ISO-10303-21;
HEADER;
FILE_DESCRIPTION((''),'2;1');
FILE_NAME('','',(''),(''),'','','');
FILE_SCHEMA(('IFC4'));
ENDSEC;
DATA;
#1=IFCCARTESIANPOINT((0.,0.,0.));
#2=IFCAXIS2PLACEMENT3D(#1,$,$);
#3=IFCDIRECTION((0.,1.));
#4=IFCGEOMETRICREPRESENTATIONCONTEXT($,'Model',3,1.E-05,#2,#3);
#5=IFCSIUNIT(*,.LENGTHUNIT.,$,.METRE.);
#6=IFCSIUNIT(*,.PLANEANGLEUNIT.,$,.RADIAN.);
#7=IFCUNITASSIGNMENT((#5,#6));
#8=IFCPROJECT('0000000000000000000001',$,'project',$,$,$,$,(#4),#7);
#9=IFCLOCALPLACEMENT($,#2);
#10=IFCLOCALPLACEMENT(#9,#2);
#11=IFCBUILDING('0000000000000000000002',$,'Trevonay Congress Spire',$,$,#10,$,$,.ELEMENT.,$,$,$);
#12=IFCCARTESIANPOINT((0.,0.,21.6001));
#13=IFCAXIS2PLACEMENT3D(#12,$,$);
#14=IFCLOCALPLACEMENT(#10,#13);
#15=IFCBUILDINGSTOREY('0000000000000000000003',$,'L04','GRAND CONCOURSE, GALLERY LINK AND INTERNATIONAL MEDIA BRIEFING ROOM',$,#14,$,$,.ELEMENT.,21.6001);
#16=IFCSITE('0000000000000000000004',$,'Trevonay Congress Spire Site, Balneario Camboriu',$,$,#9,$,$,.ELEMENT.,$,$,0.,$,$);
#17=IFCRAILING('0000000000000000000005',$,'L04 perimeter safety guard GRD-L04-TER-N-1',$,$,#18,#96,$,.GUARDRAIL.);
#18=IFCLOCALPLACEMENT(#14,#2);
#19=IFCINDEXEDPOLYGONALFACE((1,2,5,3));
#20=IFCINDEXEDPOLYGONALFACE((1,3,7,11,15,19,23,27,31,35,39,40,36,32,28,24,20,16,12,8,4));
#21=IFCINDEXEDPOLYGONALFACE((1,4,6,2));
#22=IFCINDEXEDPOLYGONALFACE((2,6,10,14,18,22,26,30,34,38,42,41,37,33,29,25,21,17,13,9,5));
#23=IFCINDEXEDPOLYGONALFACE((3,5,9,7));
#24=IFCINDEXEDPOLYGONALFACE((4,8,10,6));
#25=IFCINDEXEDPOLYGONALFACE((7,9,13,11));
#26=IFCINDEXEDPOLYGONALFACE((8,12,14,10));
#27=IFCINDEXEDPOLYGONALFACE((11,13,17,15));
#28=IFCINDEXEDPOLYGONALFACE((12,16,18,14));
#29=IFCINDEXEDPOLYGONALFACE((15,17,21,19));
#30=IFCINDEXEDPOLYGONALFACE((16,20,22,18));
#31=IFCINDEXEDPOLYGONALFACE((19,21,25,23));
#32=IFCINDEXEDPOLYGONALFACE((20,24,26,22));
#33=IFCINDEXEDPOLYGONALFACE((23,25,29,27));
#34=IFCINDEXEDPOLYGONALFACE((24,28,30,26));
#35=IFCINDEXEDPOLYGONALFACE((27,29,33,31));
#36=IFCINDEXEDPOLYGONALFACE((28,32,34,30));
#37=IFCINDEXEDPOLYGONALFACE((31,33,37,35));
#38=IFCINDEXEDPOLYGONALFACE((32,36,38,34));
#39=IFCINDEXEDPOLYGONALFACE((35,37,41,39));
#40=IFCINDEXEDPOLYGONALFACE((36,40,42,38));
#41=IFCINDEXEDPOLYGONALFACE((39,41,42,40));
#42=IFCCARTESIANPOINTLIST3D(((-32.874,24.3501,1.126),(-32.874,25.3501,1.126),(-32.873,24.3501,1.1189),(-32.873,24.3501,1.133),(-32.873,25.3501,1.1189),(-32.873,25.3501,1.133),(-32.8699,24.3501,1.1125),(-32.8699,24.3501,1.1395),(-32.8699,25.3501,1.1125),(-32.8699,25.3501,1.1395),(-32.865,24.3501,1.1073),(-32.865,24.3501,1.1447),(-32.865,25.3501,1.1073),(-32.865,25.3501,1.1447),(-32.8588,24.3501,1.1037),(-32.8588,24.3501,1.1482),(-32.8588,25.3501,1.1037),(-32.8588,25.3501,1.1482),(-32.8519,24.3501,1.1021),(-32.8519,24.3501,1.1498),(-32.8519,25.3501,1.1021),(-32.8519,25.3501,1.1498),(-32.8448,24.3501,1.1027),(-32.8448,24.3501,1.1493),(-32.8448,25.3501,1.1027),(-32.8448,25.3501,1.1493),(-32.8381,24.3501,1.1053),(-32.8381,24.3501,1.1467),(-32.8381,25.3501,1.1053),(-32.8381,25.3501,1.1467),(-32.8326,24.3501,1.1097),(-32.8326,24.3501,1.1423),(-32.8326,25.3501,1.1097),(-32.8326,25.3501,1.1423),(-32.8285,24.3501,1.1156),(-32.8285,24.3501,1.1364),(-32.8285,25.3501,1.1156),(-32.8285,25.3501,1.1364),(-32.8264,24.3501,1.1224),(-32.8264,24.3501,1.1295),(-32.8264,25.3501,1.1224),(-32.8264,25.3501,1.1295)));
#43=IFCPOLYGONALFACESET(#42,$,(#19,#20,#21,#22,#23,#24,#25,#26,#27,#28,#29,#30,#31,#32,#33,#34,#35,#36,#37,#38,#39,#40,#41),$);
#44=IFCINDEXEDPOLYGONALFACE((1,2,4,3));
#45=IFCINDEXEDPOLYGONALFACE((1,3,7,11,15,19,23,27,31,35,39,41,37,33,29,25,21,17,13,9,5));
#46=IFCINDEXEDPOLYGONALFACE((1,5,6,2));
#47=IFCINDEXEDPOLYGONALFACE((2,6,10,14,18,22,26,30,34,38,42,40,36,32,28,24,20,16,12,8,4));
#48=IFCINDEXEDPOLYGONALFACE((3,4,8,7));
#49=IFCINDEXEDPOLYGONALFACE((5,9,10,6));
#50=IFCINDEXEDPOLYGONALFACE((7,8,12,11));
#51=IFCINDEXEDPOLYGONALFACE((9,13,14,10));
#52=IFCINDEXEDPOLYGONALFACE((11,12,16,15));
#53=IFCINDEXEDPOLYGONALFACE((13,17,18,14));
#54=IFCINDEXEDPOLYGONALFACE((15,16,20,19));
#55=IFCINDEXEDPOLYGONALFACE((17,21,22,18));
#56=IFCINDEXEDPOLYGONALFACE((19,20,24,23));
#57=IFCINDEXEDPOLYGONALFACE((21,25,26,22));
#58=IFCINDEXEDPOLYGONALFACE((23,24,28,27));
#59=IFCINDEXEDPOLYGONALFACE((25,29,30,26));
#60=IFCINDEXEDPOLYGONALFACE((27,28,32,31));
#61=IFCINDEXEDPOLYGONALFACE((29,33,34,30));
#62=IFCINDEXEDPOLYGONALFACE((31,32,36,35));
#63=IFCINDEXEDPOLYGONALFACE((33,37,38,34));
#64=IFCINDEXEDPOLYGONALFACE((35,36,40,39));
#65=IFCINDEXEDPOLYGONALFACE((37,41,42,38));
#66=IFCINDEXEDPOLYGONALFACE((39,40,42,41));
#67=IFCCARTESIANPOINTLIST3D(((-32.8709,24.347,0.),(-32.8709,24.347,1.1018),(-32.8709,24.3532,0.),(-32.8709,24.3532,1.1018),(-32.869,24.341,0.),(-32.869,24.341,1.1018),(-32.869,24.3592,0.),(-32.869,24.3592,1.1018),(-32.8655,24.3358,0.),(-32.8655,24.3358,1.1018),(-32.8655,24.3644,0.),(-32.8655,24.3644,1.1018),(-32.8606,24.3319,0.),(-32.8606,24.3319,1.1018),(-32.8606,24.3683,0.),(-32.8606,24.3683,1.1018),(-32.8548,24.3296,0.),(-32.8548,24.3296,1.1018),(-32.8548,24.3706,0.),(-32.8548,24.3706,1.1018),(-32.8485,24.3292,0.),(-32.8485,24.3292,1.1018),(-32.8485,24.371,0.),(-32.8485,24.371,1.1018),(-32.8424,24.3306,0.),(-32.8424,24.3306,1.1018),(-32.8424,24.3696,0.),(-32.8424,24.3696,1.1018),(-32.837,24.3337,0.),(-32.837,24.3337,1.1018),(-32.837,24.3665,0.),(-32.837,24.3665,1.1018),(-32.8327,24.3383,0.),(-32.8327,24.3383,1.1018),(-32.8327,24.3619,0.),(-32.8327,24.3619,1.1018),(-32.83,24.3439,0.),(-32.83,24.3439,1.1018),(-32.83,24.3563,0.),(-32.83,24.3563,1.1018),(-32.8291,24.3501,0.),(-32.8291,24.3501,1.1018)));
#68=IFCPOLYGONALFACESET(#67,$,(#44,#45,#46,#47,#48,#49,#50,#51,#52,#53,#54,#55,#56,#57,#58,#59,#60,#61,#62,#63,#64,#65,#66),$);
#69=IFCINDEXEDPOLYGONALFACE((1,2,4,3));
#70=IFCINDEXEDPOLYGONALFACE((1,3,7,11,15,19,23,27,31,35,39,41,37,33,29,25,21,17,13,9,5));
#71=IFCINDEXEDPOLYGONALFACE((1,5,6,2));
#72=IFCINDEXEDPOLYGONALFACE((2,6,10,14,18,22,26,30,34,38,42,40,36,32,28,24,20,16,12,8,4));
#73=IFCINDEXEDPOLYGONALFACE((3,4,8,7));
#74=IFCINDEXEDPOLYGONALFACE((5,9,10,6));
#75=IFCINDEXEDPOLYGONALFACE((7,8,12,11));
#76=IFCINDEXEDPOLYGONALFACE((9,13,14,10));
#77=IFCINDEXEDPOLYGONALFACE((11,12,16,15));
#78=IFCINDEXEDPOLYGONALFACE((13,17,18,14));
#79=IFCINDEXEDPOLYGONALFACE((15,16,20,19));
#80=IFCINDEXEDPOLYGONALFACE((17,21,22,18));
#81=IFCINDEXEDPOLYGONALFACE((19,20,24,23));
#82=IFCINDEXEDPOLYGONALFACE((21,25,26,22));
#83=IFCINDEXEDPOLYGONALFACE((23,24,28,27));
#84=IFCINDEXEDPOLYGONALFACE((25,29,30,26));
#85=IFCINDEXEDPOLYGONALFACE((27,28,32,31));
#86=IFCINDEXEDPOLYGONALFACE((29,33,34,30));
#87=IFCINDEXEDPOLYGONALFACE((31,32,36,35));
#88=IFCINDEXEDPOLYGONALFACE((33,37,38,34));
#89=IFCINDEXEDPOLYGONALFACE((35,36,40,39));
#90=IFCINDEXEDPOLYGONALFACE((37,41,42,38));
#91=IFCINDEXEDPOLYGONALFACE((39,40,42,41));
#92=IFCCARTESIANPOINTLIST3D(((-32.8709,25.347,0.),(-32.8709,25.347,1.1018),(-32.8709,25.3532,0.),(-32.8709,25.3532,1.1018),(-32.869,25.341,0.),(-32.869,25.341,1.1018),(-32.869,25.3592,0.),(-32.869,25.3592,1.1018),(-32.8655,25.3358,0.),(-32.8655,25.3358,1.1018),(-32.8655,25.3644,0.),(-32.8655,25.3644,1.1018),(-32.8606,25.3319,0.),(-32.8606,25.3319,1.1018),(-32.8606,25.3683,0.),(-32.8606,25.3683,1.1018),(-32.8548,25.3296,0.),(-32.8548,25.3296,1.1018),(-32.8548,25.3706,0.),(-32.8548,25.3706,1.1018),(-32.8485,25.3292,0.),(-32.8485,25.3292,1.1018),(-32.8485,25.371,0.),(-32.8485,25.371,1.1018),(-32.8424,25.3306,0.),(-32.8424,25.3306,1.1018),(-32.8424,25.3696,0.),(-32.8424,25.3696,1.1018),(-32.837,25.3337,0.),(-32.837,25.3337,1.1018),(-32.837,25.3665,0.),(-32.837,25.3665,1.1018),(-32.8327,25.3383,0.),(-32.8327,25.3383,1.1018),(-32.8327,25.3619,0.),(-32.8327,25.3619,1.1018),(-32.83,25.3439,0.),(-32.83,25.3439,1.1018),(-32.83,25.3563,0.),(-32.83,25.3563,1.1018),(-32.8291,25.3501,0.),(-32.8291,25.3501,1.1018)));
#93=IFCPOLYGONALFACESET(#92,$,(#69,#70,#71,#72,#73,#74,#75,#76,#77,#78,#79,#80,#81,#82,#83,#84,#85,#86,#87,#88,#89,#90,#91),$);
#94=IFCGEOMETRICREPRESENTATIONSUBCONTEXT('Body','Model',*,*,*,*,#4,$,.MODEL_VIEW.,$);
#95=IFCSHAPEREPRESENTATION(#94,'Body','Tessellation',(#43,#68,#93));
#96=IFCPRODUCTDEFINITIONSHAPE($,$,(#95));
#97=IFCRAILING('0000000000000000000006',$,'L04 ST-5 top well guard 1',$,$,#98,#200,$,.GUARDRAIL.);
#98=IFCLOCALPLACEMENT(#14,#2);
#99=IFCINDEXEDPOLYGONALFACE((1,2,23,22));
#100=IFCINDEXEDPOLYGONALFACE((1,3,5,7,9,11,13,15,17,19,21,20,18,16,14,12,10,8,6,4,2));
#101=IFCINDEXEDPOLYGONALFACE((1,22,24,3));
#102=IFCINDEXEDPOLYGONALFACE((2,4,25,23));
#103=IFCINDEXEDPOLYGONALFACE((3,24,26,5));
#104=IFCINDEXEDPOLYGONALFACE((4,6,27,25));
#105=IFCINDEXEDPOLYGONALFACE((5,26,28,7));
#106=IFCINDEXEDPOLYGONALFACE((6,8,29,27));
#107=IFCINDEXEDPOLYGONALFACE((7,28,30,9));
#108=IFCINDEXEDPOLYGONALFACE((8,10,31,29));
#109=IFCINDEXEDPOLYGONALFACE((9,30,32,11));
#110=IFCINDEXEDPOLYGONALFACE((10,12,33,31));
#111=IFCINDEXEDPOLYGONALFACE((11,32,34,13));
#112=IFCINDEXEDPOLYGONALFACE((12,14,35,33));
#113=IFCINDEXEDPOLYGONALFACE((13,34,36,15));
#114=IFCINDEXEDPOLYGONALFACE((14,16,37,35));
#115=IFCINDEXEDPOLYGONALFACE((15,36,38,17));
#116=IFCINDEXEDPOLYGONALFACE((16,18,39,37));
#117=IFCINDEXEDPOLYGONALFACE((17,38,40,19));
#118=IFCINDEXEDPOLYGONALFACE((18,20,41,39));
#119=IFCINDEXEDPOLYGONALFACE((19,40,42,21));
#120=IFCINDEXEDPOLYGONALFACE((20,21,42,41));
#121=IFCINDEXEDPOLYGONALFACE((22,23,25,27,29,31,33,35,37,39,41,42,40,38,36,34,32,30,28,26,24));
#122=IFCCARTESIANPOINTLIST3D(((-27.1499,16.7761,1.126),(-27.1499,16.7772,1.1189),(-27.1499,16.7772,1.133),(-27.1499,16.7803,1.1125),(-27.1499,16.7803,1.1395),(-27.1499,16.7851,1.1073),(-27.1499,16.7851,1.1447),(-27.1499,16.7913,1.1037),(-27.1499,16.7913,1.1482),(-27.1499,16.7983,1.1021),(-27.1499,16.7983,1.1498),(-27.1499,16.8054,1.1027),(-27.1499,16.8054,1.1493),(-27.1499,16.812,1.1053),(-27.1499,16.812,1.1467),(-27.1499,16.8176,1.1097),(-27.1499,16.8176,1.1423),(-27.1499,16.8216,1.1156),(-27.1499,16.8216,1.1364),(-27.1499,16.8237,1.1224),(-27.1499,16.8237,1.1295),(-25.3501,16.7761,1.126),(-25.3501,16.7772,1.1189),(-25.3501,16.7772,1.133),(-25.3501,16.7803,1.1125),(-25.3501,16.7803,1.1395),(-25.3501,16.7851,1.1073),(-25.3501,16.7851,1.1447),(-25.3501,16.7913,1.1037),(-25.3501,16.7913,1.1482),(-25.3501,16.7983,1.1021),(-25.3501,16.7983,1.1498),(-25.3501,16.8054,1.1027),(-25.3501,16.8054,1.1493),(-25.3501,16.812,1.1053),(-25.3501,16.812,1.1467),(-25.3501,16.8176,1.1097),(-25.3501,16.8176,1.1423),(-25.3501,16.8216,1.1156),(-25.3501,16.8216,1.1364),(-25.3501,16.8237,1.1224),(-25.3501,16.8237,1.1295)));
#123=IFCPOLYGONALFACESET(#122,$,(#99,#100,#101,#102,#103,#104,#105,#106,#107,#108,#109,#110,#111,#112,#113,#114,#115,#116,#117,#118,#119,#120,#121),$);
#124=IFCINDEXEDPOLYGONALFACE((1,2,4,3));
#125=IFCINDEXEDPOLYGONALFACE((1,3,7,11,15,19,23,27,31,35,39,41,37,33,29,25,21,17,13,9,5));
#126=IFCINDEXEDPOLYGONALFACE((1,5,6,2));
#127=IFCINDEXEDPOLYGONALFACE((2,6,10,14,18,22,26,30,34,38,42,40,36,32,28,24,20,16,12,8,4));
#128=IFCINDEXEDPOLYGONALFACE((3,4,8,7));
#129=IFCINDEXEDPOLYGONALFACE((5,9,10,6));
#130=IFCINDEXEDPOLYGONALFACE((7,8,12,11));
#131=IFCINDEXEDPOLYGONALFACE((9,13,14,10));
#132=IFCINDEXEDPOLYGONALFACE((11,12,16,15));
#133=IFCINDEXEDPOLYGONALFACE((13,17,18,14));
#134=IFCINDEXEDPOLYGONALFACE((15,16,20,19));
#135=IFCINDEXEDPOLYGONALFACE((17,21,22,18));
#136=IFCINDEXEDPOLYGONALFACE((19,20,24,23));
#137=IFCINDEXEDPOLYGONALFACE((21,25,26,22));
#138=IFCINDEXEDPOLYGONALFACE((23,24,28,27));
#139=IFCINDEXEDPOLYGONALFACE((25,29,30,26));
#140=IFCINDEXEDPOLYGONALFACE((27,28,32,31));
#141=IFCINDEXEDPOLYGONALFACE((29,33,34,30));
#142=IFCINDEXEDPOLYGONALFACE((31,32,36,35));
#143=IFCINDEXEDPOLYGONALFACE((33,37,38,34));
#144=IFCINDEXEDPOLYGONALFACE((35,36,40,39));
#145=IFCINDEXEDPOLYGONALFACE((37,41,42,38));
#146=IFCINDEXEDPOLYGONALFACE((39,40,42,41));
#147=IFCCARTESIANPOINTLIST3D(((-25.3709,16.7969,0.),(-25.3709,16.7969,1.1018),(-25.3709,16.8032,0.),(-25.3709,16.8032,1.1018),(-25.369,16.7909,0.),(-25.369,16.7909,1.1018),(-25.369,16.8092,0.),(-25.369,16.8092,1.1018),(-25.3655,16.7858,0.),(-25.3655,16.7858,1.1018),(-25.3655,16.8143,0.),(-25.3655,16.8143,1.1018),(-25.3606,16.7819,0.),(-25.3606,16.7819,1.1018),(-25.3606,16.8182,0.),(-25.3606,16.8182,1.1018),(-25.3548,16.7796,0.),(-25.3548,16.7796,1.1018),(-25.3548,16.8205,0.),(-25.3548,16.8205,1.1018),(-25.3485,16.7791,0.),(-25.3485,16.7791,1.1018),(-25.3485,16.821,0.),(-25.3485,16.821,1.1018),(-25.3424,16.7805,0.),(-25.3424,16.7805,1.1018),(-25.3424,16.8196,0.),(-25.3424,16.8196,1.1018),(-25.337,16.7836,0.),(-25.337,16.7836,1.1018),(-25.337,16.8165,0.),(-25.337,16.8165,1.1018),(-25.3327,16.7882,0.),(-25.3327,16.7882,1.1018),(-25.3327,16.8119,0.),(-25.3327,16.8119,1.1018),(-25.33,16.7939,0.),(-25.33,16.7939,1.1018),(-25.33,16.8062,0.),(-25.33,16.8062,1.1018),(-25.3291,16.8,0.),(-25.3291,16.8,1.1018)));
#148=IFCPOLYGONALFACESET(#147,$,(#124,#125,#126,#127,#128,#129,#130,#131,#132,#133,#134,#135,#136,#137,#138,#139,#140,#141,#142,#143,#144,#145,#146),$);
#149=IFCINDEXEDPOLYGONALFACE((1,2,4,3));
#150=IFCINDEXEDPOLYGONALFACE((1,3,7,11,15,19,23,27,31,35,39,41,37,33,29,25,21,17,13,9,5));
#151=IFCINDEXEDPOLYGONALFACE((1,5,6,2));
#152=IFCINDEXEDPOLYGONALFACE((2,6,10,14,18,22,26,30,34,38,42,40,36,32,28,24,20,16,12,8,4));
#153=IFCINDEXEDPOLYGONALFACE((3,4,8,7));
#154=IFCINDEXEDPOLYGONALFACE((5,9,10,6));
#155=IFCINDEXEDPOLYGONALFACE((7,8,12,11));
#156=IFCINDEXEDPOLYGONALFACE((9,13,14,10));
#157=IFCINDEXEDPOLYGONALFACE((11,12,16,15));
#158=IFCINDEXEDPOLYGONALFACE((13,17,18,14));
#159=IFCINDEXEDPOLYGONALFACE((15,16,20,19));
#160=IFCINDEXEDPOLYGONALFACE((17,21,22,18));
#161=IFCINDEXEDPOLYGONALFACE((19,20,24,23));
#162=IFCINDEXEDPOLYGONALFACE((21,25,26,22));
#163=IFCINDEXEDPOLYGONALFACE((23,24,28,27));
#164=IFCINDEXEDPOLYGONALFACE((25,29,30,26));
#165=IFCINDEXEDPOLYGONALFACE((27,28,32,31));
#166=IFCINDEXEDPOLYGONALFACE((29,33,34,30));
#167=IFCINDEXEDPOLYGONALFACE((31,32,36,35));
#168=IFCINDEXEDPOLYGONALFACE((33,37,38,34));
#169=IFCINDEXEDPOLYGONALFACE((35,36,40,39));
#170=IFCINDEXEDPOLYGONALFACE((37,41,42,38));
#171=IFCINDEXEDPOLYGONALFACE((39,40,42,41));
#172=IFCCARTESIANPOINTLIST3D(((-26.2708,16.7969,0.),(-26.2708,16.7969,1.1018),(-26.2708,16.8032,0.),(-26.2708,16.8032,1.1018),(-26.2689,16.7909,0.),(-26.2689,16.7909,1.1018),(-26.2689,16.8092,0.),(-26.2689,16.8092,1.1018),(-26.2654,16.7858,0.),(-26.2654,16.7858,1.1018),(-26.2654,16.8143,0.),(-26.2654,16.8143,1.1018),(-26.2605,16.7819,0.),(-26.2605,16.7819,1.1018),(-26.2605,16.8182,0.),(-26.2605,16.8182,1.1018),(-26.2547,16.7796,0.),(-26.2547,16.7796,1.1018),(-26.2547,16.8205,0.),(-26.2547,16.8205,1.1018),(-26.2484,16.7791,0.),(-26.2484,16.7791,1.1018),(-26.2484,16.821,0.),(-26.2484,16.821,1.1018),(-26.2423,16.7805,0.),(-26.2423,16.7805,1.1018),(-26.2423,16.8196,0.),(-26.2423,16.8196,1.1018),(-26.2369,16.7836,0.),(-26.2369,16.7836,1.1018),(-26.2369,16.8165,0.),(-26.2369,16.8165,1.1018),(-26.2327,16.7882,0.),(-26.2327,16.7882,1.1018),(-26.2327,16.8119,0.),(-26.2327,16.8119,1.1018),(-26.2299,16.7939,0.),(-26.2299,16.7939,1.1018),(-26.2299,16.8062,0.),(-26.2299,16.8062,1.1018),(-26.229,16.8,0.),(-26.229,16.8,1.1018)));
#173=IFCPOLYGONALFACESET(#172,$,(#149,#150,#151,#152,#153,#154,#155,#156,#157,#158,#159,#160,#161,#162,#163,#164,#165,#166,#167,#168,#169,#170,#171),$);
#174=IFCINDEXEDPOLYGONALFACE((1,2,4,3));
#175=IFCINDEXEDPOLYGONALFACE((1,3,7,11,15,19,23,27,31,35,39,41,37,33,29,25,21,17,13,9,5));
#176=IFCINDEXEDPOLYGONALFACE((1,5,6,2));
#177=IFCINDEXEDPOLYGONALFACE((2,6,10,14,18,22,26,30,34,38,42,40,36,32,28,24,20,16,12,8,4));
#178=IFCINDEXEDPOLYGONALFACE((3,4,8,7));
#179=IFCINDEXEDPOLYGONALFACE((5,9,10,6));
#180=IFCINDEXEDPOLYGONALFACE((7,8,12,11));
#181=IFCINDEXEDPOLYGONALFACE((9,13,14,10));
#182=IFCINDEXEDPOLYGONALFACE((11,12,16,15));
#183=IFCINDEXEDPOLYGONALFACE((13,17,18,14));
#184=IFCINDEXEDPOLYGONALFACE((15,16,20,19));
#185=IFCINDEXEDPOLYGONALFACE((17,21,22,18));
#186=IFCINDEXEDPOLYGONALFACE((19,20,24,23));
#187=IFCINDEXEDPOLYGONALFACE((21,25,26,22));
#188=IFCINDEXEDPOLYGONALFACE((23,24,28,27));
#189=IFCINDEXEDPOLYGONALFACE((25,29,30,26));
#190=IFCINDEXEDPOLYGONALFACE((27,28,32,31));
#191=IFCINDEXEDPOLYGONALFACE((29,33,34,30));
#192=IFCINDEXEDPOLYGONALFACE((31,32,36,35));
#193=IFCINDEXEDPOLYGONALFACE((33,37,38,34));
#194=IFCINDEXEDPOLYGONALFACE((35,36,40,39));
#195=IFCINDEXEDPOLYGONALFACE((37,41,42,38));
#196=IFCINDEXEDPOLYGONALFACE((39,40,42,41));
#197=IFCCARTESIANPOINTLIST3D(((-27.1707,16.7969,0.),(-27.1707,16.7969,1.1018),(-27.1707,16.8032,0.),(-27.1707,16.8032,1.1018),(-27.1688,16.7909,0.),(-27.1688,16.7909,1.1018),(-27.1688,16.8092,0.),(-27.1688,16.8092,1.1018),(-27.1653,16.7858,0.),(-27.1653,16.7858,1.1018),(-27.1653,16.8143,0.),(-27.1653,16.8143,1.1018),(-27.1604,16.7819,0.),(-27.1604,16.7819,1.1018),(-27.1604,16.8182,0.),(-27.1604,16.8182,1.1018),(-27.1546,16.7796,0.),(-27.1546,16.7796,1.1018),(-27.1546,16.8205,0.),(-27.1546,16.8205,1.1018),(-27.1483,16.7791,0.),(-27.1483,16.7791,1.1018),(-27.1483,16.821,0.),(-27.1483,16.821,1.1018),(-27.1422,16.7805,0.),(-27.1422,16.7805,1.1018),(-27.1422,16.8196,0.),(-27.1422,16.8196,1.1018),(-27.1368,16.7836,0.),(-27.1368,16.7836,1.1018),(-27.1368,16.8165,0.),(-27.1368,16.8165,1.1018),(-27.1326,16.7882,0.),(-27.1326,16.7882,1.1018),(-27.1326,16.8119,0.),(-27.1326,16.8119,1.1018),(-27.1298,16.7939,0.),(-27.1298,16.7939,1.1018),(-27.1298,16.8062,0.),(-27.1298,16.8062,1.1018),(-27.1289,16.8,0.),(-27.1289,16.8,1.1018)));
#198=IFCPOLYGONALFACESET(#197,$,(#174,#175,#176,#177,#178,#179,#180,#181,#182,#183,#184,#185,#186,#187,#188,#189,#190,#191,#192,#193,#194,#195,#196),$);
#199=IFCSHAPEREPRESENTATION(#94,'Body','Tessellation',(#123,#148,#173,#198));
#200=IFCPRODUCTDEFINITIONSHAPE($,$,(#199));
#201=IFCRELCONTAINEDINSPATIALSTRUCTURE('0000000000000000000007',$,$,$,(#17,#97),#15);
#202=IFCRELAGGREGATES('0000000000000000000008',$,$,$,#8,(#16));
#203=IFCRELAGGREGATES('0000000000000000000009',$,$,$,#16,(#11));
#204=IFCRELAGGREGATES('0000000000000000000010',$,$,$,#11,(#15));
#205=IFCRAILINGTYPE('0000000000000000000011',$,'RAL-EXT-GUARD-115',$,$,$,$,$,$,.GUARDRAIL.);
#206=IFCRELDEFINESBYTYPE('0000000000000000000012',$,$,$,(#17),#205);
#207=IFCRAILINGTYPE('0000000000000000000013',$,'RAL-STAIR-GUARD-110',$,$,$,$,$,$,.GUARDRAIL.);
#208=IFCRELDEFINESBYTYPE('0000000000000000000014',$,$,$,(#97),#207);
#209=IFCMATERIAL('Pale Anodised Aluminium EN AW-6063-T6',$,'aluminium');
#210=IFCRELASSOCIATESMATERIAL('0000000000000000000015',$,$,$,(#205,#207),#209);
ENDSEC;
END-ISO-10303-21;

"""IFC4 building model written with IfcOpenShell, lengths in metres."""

from ifc_helpers import new_model, si_unit, direction, frame, origin, origin_2d, place, context, subcontext, project, spatial, circle, extrude, material, type_object, element, save


model = new_model("IFC4")

# Units and contexts
model_context = context("Model", 3, precision=1e-05, world=origin(), true_north=direction((0.0, 1.0)))
body_context = subcontext(model_context, "Body", "Model", "MODEL_VIEW")
ifc_project = project(units=[si_unit("LENGTHUNIT", "METRE"), si_unit("PLANEANGLEUNIT", "RADIAN")], contexts=[model_context])

# Site, building, storey
site_placement = place(None, origin())
site = spatial("IfcSite", under=ifc_project, at=site_placement, Name="Trevonay Congress Spire Site, Balneario Camboriu", CompositionType="ELEMENT", RefElevation=0.0)
building_placement = place(site_placement, origin())
building = spatial("IfcBuilding", under=site, at=building_placement, Name="Trevonay Congress Spire", CompositionType="ELEMENT")
storey_placement = place(building_placement, frame((0.0, 0.0, 21.6001)))
storey = spatial("IfcBuildingStorey", under=building, at=storey_placement, Name="L04", Description="GRAND CONCOURSE, GALLERY LINK AND INTERNATIONAL MEDIA BRIEFING ROOM", CompositionType="ELEMENT", Elevation=21.6001)

# Shared definitions
ifc_material_1 = material(Name="Pale Anodised Aluminium EN AW-6063-T6", Category="aluminium")

# Railings
railing_type_1 = type_object("IfcRailingType", Name="RAL-EXT-GUARD-115", PredefinedType="GUARDRAIL", material=ifc_material_1)
railing_1_placement = place(storey_placement, frame((-32.8501, 24.3501, 0.0)))
element("IfcRailing", 1, at=railing_1_placement, inside=storey, type_object=railing_type_1, Name="L04 perimeter safety guard GRD-L04-TER-N-1", PredefinedType="GUARDRAIL", context=body_context, shape_type="SweptSolid", body=[
    extrude(circle(Radius=0.0239, at=origin_2d()), frame((0.0, 0.0, 1.126), z_axis=(0.0, 1.0, 0.0), x_axis=(-1.0, 0.0, 0.0)), (0.0, 0.0, 1.0), 1.0),
    extrude(circle(Radius=0.021, at=origin_2d()), origin(), (0.0, 0.0, 1.0), 1.1018),
    extrude(circle(Radius=0.021, at=origin_2d()), frame((0.0, 1.0, 0.0)), (0.0, 0.0, 1.0), 1.1018),
])
railing_type_2 = type_object("IfcRailingType", Name="RAL-STAIR-GUARD-110", PredefinedType="GUARDRAIL", material=ifc_material_1)
railing_2_placement = place(storey_placement, frame((-25.3501, 16.8, 0.0)))
element("IfcRailing", 2, at=railing_2_placement, inside=storey, type_object=railing_type_2, Name="L04 ST-5 top well guard 1", PredefinedType="GUARDRAIL", context=body_context, shape_type="SweptSolid", body=[
    extrude(circle(Radius=0.0239, at=origin_2d()), frame((0.0, 0.0, 1.126), z_axis=(-1.0, 0.0, 0.0), x_axis=(0.0, -1.0, 0.0)), (0.0, 0.0, 1.0), 1.7998),
    extrude(circle(Radius=0.021, at=origin_2d()), origin(), (0.0, 0.0, 1.0), 1.1018),
    extrude(circle(Radius=0.021, at=origin_2d()), frame((-0.8999, 0.0, 0.0)), (0.0, 0.0, 1.0), 1.1018),
    extrude(circle(Radius=0.021, at=origin_2d()), frame((-1.7998, 0.0, 0.0)), (0.0, 0.0, 1.0), 1.1018),
])

save(model, "model.ifc")
